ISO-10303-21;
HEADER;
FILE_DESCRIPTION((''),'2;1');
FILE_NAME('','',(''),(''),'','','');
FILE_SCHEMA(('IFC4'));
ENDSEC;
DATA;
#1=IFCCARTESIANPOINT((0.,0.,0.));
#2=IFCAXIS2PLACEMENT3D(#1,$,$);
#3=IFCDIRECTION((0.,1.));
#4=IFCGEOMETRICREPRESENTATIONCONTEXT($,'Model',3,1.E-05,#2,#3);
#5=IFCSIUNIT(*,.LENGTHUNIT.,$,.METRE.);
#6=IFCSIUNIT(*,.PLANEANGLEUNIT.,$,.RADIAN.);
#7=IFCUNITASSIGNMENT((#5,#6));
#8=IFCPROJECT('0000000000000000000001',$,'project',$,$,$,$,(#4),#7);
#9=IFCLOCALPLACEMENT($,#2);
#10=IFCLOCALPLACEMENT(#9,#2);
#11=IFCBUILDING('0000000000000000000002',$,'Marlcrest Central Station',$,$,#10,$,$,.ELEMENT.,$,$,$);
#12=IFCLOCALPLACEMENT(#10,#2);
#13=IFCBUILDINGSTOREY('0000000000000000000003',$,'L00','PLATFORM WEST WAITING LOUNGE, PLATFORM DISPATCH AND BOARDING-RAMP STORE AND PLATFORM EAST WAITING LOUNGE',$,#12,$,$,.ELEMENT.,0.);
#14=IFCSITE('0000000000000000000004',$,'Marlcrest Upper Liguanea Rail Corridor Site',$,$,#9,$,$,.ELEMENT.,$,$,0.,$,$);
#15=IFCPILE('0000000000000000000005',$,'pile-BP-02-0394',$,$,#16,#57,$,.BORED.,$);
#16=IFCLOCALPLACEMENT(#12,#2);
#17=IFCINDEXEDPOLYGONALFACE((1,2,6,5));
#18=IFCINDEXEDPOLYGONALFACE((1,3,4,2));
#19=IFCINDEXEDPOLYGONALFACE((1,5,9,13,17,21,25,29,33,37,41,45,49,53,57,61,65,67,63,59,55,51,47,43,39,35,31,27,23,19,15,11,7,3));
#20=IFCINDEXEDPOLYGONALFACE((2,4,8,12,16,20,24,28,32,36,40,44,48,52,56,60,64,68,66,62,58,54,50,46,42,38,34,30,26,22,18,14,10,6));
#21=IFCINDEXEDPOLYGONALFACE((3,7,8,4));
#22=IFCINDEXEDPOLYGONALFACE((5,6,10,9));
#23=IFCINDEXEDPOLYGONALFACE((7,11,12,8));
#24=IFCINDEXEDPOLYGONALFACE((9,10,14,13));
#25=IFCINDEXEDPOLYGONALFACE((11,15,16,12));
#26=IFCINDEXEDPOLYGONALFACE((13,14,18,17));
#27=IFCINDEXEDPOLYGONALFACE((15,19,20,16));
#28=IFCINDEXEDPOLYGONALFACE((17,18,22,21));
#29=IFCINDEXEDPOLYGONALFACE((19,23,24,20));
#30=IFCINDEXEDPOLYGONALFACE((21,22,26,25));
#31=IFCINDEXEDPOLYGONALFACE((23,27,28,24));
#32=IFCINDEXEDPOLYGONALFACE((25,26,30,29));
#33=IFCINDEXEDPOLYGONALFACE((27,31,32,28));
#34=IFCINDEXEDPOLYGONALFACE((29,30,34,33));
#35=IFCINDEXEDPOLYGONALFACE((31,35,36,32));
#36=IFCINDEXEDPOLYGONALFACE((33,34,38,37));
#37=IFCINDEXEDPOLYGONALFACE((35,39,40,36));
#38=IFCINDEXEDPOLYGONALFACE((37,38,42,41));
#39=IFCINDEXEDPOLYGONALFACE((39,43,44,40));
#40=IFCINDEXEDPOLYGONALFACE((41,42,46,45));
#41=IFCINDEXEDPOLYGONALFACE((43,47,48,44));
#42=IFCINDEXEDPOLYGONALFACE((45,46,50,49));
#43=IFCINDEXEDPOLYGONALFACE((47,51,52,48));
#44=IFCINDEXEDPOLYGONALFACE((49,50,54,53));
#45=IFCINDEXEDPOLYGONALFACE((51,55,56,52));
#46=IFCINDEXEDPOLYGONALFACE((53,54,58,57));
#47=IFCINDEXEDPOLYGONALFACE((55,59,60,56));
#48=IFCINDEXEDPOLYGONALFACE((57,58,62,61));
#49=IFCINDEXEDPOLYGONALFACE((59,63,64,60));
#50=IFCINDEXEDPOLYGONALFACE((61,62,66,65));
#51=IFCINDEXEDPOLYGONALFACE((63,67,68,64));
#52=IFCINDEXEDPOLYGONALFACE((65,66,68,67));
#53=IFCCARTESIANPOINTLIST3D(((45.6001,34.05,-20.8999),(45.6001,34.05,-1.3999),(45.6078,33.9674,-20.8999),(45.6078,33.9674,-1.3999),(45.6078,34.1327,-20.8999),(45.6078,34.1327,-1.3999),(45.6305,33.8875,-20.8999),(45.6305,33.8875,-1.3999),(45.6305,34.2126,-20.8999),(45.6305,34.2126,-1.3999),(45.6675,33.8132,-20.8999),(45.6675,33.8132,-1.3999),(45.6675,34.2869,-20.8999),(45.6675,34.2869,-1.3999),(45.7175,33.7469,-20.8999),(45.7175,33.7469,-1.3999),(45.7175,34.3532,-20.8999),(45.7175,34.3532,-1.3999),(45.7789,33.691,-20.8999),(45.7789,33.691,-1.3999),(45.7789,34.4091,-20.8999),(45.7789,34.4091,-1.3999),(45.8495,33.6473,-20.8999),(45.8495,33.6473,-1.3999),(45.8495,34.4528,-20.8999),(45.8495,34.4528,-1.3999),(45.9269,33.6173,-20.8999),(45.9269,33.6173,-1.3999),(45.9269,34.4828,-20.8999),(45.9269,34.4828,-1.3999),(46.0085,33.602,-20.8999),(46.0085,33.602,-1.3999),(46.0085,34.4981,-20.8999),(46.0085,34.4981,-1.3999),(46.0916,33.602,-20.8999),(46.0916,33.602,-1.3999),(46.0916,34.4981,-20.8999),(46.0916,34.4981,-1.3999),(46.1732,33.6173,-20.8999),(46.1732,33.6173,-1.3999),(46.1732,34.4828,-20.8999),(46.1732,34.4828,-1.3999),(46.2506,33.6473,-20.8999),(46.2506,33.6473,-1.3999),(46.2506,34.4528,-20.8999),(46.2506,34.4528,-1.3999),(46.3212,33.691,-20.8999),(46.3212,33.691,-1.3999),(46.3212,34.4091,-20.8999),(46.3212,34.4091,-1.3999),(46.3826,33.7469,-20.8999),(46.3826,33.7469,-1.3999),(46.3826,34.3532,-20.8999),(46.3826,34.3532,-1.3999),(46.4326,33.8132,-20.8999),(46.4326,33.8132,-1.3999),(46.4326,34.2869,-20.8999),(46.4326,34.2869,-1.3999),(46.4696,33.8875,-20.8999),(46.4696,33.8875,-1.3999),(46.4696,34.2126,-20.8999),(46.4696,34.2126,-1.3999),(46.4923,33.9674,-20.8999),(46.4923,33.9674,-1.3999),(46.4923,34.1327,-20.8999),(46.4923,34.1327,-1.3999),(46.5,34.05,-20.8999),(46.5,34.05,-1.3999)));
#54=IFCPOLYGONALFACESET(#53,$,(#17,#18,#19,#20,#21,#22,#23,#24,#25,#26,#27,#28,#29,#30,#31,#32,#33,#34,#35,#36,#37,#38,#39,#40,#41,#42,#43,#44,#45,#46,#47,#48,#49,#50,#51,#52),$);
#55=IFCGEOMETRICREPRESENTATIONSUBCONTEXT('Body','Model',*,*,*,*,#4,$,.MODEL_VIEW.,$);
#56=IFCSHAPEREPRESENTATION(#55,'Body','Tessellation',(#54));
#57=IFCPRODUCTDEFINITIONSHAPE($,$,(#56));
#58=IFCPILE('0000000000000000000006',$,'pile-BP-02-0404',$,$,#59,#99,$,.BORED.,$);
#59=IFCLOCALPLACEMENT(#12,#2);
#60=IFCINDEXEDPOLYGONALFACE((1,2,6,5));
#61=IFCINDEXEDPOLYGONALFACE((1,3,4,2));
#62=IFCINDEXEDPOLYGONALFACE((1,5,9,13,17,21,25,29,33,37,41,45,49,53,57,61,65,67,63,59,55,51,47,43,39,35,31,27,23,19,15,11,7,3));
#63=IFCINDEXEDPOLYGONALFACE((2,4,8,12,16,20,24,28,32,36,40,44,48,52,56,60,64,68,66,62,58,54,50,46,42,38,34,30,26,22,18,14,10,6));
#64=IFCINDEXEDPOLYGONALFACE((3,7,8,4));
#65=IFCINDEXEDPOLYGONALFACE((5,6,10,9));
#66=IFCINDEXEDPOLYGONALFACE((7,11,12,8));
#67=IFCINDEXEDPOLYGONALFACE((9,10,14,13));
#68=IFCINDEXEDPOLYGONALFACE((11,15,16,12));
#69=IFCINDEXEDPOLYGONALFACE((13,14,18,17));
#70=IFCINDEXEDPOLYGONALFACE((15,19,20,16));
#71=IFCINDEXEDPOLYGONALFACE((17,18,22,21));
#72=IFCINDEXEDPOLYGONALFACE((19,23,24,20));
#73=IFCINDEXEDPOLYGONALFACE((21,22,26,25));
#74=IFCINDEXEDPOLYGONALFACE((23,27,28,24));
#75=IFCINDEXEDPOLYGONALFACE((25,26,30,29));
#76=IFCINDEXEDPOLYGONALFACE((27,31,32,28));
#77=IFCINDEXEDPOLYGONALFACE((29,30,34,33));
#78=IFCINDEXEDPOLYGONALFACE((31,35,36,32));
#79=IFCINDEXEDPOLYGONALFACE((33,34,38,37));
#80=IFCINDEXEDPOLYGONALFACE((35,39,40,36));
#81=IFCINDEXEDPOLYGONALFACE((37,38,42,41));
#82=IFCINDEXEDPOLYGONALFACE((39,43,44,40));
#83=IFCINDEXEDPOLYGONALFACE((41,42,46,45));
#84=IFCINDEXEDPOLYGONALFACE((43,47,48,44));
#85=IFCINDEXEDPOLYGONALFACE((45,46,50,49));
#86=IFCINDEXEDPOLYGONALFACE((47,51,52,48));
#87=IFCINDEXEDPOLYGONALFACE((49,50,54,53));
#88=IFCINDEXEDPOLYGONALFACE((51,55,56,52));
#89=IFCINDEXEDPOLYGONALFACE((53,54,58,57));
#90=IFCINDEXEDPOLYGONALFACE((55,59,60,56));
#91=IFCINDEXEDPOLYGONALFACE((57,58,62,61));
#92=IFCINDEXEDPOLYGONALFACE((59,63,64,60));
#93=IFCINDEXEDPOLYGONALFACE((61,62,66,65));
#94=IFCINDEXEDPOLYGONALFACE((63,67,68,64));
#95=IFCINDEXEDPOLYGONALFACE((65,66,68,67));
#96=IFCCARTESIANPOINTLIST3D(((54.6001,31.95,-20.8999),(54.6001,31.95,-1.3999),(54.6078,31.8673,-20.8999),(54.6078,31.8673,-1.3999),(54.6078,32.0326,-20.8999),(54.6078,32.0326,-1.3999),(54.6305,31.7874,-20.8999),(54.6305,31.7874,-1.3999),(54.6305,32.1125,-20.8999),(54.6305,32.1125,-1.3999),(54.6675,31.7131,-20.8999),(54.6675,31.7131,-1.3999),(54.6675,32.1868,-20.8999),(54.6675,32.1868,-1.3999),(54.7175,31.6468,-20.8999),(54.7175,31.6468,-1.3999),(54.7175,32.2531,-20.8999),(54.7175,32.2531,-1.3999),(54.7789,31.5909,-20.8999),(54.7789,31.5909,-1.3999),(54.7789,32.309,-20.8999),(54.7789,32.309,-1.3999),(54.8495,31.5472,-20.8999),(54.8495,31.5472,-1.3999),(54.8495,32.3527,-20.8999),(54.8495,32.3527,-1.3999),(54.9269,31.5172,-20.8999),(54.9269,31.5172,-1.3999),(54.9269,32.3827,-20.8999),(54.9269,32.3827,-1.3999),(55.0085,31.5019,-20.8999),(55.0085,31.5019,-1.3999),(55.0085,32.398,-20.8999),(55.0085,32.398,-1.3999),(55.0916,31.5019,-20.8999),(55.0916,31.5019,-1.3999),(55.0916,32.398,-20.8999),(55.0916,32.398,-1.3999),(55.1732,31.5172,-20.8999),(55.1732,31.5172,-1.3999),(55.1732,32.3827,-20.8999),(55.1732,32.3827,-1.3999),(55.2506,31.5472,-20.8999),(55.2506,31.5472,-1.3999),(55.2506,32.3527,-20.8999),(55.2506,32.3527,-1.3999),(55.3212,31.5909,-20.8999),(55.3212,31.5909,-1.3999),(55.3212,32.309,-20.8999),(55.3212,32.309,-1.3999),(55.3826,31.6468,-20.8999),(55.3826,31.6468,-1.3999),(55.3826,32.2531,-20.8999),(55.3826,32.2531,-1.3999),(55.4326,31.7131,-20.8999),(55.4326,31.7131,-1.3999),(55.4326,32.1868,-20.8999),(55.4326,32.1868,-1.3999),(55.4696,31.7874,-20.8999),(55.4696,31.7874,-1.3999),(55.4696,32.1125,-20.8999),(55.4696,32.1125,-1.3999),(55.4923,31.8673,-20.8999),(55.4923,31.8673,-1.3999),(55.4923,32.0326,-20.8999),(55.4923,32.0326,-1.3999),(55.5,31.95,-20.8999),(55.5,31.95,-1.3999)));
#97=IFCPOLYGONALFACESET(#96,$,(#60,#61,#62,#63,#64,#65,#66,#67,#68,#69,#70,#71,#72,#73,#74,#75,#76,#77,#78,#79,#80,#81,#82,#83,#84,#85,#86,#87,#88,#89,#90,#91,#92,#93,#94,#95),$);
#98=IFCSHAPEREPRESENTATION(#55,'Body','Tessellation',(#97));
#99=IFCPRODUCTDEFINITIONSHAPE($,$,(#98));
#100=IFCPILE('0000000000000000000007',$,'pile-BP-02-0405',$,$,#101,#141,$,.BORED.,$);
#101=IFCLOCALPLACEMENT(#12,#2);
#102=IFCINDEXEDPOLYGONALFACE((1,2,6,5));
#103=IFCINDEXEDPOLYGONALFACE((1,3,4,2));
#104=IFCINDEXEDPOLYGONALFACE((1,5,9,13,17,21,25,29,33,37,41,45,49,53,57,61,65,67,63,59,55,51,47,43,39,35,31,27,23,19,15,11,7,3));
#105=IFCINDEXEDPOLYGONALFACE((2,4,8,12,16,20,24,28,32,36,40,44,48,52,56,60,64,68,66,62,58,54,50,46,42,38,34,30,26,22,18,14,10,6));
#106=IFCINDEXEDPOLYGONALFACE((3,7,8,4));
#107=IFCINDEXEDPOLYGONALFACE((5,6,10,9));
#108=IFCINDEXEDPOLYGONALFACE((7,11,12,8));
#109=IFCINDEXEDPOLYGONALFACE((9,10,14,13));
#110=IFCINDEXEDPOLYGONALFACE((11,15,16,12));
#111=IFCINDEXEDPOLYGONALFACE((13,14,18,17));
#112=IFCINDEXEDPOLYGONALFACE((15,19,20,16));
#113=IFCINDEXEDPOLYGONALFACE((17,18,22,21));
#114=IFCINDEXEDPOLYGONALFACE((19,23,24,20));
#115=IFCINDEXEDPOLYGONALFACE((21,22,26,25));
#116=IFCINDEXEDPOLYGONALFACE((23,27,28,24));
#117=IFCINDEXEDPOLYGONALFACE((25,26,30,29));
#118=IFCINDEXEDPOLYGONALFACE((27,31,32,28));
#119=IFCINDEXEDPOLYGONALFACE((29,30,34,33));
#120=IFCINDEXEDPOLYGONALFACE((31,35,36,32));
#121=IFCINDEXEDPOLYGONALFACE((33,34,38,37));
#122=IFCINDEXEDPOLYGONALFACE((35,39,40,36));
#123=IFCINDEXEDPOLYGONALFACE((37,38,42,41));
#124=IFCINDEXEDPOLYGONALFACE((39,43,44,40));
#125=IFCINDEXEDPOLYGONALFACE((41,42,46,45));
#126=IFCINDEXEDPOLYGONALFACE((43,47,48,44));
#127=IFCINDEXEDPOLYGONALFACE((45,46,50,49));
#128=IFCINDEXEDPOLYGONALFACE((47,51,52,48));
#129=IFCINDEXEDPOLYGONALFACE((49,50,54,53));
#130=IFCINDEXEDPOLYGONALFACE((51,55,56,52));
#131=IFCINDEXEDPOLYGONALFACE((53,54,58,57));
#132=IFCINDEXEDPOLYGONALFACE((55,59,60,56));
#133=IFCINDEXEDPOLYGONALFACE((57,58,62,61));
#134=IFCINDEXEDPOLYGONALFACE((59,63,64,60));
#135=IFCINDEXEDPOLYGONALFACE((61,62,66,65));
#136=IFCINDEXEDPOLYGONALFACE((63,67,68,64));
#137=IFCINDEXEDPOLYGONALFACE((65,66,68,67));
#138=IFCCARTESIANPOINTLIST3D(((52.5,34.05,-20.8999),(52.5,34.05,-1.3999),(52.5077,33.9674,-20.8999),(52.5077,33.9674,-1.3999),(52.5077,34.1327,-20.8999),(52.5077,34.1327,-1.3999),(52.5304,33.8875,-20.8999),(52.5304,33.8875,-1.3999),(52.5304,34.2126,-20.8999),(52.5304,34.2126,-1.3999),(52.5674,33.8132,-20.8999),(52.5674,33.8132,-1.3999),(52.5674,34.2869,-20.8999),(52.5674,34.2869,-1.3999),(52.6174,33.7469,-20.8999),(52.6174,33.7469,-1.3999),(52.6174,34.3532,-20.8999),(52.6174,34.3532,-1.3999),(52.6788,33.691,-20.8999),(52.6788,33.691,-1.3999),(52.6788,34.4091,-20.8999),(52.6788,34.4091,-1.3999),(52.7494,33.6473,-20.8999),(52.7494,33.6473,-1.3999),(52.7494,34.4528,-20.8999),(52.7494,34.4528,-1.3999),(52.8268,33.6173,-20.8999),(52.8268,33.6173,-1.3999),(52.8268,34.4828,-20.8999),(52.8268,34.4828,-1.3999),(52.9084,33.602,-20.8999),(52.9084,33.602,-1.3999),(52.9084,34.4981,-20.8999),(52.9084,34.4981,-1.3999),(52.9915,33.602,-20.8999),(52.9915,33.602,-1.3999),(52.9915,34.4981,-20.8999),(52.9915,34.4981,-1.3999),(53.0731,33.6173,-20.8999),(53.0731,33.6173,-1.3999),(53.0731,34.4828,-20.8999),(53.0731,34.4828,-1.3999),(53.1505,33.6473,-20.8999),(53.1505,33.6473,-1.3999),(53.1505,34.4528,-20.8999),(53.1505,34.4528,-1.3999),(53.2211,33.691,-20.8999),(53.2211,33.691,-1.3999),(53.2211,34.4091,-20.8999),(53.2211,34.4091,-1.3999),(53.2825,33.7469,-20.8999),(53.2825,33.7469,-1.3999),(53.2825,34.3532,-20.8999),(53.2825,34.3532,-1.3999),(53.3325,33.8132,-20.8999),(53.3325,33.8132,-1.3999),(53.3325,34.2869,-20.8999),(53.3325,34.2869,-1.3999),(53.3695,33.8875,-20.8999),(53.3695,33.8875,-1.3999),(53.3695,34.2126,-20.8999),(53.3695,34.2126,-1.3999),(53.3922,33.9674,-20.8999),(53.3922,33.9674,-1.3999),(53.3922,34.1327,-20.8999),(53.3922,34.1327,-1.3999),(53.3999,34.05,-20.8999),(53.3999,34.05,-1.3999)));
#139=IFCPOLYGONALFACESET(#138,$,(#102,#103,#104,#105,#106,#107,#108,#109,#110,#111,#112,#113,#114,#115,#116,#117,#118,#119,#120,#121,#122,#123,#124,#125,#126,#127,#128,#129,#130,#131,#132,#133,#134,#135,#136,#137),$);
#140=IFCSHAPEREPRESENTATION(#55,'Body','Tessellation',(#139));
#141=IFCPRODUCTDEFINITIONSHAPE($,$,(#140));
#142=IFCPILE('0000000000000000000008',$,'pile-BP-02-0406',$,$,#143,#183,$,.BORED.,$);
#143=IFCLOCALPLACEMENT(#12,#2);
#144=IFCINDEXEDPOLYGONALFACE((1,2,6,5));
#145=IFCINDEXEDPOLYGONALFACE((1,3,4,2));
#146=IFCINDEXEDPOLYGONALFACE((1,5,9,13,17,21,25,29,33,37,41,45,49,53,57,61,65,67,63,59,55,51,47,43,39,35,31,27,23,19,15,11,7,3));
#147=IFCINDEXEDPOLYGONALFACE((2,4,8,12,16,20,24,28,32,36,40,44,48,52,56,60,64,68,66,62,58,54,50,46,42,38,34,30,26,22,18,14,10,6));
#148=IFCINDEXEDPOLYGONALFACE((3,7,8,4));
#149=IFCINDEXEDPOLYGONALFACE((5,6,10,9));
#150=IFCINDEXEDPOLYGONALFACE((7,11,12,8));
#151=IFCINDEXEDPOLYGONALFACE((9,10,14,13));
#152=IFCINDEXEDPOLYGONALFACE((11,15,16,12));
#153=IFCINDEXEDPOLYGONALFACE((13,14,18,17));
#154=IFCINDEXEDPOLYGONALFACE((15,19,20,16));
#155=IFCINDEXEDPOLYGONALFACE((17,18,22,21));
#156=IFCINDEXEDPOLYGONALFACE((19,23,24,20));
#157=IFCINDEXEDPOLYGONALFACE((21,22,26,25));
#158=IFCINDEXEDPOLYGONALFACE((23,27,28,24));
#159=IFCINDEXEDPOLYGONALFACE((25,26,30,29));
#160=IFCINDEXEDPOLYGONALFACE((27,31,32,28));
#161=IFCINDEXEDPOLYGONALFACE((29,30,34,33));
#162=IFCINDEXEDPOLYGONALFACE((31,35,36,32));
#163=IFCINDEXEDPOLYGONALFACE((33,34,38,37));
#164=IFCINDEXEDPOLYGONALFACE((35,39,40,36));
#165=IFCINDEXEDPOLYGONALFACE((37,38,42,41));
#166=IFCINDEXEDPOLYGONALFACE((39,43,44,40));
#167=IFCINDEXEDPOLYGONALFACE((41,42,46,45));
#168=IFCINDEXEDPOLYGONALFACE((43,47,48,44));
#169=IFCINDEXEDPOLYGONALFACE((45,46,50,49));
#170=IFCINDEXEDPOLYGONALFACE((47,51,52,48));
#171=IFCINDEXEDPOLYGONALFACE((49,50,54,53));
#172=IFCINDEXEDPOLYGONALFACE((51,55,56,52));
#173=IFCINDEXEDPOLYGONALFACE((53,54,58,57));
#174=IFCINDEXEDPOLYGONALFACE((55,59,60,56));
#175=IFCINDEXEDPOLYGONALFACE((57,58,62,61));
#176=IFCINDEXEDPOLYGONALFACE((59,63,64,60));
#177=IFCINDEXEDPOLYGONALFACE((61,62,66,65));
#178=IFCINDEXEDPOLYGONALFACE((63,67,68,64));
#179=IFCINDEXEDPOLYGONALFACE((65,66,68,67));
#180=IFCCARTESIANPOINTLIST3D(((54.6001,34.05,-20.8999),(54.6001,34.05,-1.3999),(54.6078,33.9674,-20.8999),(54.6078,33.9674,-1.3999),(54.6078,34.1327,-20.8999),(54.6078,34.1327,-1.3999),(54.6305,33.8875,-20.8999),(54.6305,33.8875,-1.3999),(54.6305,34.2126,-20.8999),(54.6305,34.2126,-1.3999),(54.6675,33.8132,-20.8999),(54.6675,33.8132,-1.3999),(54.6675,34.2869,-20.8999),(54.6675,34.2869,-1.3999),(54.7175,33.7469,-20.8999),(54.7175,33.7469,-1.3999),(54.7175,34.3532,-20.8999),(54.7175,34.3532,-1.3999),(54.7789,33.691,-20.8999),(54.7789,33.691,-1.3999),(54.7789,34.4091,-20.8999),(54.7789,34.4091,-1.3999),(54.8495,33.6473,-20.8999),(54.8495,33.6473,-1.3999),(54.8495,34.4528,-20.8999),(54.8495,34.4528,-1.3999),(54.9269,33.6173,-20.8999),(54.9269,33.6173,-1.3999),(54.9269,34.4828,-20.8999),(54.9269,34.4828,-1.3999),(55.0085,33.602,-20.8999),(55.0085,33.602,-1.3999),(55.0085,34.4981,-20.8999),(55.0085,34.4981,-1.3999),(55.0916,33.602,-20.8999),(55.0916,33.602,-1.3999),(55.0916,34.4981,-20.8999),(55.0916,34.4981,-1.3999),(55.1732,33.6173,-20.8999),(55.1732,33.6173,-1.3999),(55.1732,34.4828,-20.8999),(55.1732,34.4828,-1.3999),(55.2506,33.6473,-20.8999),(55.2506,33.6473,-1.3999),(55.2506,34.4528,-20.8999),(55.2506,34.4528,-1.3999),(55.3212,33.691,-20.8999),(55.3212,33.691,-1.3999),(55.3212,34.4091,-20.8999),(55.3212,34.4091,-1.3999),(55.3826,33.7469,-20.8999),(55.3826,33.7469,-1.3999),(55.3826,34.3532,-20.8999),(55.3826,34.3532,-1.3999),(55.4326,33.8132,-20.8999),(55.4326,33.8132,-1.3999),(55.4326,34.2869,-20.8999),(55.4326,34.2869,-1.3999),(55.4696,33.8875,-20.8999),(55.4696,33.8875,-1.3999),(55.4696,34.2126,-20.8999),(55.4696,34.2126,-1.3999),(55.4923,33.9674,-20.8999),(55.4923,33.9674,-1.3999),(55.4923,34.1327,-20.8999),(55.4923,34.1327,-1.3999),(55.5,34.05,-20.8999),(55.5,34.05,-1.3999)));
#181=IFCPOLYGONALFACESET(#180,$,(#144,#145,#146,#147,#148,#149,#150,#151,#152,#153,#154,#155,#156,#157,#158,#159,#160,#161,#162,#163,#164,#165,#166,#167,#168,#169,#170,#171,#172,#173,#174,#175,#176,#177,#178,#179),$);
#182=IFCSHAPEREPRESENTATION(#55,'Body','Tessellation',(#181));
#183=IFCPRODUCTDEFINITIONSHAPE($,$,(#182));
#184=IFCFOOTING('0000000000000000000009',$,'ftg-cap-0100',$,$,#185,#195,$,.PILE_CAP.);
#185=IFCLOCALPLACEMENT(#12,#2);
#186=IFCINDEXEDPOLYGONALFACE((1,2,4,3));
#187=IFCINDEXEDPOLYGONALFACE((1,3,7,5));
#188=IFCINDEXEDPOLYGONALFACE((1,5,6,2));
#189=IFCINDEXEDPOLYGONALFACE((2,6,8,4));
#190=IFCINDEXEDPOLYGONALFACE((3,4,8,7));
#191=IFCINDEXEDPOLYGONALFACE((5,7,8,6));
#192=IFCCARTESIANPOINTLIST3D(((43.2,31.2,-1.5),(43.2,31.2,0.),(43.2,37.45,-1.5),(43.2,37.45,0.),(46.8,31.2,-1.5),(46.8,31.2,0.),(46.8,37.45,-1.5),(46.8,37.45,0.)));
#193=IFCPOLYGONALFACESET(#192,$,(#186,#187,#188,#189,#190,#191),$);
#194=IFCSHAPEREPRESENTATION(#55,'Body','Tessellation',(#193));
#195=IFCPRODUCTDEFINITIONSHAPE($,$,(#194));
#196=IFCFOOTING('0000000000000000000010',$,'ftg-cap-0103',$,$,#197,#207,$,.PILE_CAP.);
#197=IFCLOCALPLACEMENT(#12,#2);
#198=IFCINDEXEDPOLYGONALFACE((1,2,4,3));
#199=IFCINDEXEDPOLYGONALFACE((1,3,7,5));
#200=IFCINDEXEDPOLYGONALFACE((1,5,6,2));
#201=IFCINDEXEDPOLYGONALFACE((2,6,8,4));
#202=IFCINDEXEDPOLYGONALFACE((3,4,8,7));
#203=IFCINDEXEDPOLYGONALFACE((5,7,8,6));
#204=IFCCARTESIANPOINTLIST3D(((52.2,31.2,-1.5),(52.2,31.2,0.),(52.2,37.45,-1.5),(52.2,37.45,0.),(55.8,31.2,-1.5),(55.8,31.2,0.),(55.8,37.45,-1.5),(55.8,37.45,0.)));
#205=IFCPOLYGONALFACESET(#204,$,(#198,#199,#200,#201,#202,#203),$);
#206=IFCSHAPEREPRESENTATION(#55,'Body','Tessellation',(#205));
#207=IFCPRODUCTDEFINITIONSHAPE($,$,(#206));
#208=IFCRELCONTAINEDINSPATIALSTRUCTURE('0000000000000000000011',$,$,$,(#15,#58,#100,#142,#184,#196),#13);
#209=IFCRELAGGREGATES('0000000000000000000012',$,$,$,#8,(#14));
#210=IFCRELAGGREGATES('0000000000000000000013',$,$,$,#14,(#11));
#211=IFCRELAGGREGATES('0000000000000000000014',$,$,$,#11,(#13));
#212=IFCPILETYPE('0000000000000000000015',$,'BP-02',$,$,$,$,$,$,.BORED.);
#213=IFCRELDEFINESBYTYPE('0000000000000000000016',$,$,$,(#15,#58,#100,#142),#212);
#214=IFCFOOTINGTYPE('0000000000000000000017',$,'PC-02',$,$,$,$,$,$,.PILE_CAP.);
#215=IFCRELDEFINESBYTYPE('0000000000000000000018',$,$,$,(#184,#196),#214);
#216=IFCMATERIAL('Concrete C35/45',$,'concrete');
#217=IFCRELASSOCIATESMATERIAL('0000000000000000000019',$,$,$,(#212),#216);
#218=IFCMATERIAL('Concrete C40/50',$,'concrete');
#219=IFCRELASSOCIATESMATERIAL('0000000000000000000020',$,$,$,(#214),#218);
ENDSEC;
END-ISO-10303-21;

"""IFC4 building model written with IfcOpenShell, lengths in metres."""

from ifc_helpers import new_model, si_unit, direction, frame, origin, origin_2d, place, context, subcontext, project, spatial, rectangle, circle, extrude, material, material_profile, profile_set, type_object, element, save


model = new_model("IFC4")

# Units and contexts
model_context = context("Model", 3, precision=1e-05, world=origin(), true_north=direction((0.0, 1.0)))
body_context = subcontext(model_context, "Body", "Model", "MODEL_VIEW")
ifc_project = project(units=[si_unit("LENGTHUNIT", "METRE"), si_unit("PLANEANGLEUNIT", "RADIAN")], contexts=[model_context])

# Site, building, storey
site_placement = place(None, origin())
site = spatial("IfcSite", under=ifc_project, at=site_placement, Name="Marlcrest Upper Liguanea Rail Corridor Site", CompositionType="ELEMENT", RefElevation=0.0)
building_placement = place(site_placement, origin())
building = spatial("IfcBuilding", under=site, at=building_placement, Name="Marlcrest Central Station", CompositionType="ELEMENT")
storey_placement = place(building_placement, origin())
storey = spatial("IfcBuildingStorey", under=building, at=storey_placement, Name="L00", Description="PLATFORM WEST WAITING LOUNGE, PLATFORM DISPATCH AND BOARDING-RAMP STORE AND PLATFORM EAST WAITING LOUNGE", CompositionType="ELEMENT", Elevation=0.0)

# Piles
ifc_material_1 = material(Name="Concrete C35/45", Category="concrete")
ifc_material_profile_1 = material_profile(ifc_material_1, circle(Radius=0.45, at=origin_2d()), Name="PILE D900")
ifc_profile_set_1 = profile_set([ifc_material_profile_1], Name="Concrete C35/45")
pile_type = type_object("IfcPileType", Name="BP-02", PredefinedType="BORED", material=ifc_profile_set_1)
for number, where, z_axis, x_axis, name in (
    (1, (46.05, 34.05, -1.3999), (0.0, 0.0, -1.0), (1.0, 0.0, 0.0), "pile-BP-02-0394"),
    (2, (55.05, 31.95, -1.3999), (0.0, 0.0, -1.0), (1.0, 0.0, 0.0), "pile-BP-02-0404"),
    (3, (52.95, 34.05, -1.3999), (0.0, 0.0, -1.0), (1.0, 0.0, 0.0), "pile-BP-02-0405"),
    (4, (55.05, 34.05, -1.3999), (0.0, 0.0, -1.0), (1.0, 0.0, 0.0), "pile-BP-02-0406"),
):
    element("IfcPile", number, at=place(storey_placement, frame(where, z_axis=z_axis, x_axis=x_axis)), inside=storey, type_object=pile_type, Name=name, PredefinedType="BORED", context=body_context, shape_type="SweptSolid", body=[
        extrude(circle(Radius=0.45, at=origin_2d()), origin(), (0.0, 0.0, 1.0), 19.5),
    ])

# Footings
ifc_material_2 = material(Name="Concrete C40/50", Category="concrete")
footing_type_1 = type_object("IfcFootingType", Name="PC-02", PredefinedType="PILE_CAP", material=ifc_material_2)
for number, where, z_axis, x_axis, name in (
    (5, (45.0, 34.325, -1.5), (0.0, 0.0, 1.0), (1.0, 0.0, 0.0), "ftg-cap-0100"),
    (6, (54.0, 34.325, -1.5), (0.0, 0.0, 1.0), (1.0, 0.0, 0.0), "ftg-cap-0103"),
):
    element("IfcFooting", number, at=place(storey_placement, frame(where, z_axis=z_axis, x_axis=x_axis)), inside=storey, type_object=footing_type_1, Name=name, PredefinedType="PILE_CAP", context=body_context, shape_type="SweptSolid", body=[
        extrude(rectangle(XDim=3.6001, YDim=6.25, at=origin_2d()), origin(), (0.0, 0.0, 1.0), 1.5),
    ])

save(model, "model.ifc")
